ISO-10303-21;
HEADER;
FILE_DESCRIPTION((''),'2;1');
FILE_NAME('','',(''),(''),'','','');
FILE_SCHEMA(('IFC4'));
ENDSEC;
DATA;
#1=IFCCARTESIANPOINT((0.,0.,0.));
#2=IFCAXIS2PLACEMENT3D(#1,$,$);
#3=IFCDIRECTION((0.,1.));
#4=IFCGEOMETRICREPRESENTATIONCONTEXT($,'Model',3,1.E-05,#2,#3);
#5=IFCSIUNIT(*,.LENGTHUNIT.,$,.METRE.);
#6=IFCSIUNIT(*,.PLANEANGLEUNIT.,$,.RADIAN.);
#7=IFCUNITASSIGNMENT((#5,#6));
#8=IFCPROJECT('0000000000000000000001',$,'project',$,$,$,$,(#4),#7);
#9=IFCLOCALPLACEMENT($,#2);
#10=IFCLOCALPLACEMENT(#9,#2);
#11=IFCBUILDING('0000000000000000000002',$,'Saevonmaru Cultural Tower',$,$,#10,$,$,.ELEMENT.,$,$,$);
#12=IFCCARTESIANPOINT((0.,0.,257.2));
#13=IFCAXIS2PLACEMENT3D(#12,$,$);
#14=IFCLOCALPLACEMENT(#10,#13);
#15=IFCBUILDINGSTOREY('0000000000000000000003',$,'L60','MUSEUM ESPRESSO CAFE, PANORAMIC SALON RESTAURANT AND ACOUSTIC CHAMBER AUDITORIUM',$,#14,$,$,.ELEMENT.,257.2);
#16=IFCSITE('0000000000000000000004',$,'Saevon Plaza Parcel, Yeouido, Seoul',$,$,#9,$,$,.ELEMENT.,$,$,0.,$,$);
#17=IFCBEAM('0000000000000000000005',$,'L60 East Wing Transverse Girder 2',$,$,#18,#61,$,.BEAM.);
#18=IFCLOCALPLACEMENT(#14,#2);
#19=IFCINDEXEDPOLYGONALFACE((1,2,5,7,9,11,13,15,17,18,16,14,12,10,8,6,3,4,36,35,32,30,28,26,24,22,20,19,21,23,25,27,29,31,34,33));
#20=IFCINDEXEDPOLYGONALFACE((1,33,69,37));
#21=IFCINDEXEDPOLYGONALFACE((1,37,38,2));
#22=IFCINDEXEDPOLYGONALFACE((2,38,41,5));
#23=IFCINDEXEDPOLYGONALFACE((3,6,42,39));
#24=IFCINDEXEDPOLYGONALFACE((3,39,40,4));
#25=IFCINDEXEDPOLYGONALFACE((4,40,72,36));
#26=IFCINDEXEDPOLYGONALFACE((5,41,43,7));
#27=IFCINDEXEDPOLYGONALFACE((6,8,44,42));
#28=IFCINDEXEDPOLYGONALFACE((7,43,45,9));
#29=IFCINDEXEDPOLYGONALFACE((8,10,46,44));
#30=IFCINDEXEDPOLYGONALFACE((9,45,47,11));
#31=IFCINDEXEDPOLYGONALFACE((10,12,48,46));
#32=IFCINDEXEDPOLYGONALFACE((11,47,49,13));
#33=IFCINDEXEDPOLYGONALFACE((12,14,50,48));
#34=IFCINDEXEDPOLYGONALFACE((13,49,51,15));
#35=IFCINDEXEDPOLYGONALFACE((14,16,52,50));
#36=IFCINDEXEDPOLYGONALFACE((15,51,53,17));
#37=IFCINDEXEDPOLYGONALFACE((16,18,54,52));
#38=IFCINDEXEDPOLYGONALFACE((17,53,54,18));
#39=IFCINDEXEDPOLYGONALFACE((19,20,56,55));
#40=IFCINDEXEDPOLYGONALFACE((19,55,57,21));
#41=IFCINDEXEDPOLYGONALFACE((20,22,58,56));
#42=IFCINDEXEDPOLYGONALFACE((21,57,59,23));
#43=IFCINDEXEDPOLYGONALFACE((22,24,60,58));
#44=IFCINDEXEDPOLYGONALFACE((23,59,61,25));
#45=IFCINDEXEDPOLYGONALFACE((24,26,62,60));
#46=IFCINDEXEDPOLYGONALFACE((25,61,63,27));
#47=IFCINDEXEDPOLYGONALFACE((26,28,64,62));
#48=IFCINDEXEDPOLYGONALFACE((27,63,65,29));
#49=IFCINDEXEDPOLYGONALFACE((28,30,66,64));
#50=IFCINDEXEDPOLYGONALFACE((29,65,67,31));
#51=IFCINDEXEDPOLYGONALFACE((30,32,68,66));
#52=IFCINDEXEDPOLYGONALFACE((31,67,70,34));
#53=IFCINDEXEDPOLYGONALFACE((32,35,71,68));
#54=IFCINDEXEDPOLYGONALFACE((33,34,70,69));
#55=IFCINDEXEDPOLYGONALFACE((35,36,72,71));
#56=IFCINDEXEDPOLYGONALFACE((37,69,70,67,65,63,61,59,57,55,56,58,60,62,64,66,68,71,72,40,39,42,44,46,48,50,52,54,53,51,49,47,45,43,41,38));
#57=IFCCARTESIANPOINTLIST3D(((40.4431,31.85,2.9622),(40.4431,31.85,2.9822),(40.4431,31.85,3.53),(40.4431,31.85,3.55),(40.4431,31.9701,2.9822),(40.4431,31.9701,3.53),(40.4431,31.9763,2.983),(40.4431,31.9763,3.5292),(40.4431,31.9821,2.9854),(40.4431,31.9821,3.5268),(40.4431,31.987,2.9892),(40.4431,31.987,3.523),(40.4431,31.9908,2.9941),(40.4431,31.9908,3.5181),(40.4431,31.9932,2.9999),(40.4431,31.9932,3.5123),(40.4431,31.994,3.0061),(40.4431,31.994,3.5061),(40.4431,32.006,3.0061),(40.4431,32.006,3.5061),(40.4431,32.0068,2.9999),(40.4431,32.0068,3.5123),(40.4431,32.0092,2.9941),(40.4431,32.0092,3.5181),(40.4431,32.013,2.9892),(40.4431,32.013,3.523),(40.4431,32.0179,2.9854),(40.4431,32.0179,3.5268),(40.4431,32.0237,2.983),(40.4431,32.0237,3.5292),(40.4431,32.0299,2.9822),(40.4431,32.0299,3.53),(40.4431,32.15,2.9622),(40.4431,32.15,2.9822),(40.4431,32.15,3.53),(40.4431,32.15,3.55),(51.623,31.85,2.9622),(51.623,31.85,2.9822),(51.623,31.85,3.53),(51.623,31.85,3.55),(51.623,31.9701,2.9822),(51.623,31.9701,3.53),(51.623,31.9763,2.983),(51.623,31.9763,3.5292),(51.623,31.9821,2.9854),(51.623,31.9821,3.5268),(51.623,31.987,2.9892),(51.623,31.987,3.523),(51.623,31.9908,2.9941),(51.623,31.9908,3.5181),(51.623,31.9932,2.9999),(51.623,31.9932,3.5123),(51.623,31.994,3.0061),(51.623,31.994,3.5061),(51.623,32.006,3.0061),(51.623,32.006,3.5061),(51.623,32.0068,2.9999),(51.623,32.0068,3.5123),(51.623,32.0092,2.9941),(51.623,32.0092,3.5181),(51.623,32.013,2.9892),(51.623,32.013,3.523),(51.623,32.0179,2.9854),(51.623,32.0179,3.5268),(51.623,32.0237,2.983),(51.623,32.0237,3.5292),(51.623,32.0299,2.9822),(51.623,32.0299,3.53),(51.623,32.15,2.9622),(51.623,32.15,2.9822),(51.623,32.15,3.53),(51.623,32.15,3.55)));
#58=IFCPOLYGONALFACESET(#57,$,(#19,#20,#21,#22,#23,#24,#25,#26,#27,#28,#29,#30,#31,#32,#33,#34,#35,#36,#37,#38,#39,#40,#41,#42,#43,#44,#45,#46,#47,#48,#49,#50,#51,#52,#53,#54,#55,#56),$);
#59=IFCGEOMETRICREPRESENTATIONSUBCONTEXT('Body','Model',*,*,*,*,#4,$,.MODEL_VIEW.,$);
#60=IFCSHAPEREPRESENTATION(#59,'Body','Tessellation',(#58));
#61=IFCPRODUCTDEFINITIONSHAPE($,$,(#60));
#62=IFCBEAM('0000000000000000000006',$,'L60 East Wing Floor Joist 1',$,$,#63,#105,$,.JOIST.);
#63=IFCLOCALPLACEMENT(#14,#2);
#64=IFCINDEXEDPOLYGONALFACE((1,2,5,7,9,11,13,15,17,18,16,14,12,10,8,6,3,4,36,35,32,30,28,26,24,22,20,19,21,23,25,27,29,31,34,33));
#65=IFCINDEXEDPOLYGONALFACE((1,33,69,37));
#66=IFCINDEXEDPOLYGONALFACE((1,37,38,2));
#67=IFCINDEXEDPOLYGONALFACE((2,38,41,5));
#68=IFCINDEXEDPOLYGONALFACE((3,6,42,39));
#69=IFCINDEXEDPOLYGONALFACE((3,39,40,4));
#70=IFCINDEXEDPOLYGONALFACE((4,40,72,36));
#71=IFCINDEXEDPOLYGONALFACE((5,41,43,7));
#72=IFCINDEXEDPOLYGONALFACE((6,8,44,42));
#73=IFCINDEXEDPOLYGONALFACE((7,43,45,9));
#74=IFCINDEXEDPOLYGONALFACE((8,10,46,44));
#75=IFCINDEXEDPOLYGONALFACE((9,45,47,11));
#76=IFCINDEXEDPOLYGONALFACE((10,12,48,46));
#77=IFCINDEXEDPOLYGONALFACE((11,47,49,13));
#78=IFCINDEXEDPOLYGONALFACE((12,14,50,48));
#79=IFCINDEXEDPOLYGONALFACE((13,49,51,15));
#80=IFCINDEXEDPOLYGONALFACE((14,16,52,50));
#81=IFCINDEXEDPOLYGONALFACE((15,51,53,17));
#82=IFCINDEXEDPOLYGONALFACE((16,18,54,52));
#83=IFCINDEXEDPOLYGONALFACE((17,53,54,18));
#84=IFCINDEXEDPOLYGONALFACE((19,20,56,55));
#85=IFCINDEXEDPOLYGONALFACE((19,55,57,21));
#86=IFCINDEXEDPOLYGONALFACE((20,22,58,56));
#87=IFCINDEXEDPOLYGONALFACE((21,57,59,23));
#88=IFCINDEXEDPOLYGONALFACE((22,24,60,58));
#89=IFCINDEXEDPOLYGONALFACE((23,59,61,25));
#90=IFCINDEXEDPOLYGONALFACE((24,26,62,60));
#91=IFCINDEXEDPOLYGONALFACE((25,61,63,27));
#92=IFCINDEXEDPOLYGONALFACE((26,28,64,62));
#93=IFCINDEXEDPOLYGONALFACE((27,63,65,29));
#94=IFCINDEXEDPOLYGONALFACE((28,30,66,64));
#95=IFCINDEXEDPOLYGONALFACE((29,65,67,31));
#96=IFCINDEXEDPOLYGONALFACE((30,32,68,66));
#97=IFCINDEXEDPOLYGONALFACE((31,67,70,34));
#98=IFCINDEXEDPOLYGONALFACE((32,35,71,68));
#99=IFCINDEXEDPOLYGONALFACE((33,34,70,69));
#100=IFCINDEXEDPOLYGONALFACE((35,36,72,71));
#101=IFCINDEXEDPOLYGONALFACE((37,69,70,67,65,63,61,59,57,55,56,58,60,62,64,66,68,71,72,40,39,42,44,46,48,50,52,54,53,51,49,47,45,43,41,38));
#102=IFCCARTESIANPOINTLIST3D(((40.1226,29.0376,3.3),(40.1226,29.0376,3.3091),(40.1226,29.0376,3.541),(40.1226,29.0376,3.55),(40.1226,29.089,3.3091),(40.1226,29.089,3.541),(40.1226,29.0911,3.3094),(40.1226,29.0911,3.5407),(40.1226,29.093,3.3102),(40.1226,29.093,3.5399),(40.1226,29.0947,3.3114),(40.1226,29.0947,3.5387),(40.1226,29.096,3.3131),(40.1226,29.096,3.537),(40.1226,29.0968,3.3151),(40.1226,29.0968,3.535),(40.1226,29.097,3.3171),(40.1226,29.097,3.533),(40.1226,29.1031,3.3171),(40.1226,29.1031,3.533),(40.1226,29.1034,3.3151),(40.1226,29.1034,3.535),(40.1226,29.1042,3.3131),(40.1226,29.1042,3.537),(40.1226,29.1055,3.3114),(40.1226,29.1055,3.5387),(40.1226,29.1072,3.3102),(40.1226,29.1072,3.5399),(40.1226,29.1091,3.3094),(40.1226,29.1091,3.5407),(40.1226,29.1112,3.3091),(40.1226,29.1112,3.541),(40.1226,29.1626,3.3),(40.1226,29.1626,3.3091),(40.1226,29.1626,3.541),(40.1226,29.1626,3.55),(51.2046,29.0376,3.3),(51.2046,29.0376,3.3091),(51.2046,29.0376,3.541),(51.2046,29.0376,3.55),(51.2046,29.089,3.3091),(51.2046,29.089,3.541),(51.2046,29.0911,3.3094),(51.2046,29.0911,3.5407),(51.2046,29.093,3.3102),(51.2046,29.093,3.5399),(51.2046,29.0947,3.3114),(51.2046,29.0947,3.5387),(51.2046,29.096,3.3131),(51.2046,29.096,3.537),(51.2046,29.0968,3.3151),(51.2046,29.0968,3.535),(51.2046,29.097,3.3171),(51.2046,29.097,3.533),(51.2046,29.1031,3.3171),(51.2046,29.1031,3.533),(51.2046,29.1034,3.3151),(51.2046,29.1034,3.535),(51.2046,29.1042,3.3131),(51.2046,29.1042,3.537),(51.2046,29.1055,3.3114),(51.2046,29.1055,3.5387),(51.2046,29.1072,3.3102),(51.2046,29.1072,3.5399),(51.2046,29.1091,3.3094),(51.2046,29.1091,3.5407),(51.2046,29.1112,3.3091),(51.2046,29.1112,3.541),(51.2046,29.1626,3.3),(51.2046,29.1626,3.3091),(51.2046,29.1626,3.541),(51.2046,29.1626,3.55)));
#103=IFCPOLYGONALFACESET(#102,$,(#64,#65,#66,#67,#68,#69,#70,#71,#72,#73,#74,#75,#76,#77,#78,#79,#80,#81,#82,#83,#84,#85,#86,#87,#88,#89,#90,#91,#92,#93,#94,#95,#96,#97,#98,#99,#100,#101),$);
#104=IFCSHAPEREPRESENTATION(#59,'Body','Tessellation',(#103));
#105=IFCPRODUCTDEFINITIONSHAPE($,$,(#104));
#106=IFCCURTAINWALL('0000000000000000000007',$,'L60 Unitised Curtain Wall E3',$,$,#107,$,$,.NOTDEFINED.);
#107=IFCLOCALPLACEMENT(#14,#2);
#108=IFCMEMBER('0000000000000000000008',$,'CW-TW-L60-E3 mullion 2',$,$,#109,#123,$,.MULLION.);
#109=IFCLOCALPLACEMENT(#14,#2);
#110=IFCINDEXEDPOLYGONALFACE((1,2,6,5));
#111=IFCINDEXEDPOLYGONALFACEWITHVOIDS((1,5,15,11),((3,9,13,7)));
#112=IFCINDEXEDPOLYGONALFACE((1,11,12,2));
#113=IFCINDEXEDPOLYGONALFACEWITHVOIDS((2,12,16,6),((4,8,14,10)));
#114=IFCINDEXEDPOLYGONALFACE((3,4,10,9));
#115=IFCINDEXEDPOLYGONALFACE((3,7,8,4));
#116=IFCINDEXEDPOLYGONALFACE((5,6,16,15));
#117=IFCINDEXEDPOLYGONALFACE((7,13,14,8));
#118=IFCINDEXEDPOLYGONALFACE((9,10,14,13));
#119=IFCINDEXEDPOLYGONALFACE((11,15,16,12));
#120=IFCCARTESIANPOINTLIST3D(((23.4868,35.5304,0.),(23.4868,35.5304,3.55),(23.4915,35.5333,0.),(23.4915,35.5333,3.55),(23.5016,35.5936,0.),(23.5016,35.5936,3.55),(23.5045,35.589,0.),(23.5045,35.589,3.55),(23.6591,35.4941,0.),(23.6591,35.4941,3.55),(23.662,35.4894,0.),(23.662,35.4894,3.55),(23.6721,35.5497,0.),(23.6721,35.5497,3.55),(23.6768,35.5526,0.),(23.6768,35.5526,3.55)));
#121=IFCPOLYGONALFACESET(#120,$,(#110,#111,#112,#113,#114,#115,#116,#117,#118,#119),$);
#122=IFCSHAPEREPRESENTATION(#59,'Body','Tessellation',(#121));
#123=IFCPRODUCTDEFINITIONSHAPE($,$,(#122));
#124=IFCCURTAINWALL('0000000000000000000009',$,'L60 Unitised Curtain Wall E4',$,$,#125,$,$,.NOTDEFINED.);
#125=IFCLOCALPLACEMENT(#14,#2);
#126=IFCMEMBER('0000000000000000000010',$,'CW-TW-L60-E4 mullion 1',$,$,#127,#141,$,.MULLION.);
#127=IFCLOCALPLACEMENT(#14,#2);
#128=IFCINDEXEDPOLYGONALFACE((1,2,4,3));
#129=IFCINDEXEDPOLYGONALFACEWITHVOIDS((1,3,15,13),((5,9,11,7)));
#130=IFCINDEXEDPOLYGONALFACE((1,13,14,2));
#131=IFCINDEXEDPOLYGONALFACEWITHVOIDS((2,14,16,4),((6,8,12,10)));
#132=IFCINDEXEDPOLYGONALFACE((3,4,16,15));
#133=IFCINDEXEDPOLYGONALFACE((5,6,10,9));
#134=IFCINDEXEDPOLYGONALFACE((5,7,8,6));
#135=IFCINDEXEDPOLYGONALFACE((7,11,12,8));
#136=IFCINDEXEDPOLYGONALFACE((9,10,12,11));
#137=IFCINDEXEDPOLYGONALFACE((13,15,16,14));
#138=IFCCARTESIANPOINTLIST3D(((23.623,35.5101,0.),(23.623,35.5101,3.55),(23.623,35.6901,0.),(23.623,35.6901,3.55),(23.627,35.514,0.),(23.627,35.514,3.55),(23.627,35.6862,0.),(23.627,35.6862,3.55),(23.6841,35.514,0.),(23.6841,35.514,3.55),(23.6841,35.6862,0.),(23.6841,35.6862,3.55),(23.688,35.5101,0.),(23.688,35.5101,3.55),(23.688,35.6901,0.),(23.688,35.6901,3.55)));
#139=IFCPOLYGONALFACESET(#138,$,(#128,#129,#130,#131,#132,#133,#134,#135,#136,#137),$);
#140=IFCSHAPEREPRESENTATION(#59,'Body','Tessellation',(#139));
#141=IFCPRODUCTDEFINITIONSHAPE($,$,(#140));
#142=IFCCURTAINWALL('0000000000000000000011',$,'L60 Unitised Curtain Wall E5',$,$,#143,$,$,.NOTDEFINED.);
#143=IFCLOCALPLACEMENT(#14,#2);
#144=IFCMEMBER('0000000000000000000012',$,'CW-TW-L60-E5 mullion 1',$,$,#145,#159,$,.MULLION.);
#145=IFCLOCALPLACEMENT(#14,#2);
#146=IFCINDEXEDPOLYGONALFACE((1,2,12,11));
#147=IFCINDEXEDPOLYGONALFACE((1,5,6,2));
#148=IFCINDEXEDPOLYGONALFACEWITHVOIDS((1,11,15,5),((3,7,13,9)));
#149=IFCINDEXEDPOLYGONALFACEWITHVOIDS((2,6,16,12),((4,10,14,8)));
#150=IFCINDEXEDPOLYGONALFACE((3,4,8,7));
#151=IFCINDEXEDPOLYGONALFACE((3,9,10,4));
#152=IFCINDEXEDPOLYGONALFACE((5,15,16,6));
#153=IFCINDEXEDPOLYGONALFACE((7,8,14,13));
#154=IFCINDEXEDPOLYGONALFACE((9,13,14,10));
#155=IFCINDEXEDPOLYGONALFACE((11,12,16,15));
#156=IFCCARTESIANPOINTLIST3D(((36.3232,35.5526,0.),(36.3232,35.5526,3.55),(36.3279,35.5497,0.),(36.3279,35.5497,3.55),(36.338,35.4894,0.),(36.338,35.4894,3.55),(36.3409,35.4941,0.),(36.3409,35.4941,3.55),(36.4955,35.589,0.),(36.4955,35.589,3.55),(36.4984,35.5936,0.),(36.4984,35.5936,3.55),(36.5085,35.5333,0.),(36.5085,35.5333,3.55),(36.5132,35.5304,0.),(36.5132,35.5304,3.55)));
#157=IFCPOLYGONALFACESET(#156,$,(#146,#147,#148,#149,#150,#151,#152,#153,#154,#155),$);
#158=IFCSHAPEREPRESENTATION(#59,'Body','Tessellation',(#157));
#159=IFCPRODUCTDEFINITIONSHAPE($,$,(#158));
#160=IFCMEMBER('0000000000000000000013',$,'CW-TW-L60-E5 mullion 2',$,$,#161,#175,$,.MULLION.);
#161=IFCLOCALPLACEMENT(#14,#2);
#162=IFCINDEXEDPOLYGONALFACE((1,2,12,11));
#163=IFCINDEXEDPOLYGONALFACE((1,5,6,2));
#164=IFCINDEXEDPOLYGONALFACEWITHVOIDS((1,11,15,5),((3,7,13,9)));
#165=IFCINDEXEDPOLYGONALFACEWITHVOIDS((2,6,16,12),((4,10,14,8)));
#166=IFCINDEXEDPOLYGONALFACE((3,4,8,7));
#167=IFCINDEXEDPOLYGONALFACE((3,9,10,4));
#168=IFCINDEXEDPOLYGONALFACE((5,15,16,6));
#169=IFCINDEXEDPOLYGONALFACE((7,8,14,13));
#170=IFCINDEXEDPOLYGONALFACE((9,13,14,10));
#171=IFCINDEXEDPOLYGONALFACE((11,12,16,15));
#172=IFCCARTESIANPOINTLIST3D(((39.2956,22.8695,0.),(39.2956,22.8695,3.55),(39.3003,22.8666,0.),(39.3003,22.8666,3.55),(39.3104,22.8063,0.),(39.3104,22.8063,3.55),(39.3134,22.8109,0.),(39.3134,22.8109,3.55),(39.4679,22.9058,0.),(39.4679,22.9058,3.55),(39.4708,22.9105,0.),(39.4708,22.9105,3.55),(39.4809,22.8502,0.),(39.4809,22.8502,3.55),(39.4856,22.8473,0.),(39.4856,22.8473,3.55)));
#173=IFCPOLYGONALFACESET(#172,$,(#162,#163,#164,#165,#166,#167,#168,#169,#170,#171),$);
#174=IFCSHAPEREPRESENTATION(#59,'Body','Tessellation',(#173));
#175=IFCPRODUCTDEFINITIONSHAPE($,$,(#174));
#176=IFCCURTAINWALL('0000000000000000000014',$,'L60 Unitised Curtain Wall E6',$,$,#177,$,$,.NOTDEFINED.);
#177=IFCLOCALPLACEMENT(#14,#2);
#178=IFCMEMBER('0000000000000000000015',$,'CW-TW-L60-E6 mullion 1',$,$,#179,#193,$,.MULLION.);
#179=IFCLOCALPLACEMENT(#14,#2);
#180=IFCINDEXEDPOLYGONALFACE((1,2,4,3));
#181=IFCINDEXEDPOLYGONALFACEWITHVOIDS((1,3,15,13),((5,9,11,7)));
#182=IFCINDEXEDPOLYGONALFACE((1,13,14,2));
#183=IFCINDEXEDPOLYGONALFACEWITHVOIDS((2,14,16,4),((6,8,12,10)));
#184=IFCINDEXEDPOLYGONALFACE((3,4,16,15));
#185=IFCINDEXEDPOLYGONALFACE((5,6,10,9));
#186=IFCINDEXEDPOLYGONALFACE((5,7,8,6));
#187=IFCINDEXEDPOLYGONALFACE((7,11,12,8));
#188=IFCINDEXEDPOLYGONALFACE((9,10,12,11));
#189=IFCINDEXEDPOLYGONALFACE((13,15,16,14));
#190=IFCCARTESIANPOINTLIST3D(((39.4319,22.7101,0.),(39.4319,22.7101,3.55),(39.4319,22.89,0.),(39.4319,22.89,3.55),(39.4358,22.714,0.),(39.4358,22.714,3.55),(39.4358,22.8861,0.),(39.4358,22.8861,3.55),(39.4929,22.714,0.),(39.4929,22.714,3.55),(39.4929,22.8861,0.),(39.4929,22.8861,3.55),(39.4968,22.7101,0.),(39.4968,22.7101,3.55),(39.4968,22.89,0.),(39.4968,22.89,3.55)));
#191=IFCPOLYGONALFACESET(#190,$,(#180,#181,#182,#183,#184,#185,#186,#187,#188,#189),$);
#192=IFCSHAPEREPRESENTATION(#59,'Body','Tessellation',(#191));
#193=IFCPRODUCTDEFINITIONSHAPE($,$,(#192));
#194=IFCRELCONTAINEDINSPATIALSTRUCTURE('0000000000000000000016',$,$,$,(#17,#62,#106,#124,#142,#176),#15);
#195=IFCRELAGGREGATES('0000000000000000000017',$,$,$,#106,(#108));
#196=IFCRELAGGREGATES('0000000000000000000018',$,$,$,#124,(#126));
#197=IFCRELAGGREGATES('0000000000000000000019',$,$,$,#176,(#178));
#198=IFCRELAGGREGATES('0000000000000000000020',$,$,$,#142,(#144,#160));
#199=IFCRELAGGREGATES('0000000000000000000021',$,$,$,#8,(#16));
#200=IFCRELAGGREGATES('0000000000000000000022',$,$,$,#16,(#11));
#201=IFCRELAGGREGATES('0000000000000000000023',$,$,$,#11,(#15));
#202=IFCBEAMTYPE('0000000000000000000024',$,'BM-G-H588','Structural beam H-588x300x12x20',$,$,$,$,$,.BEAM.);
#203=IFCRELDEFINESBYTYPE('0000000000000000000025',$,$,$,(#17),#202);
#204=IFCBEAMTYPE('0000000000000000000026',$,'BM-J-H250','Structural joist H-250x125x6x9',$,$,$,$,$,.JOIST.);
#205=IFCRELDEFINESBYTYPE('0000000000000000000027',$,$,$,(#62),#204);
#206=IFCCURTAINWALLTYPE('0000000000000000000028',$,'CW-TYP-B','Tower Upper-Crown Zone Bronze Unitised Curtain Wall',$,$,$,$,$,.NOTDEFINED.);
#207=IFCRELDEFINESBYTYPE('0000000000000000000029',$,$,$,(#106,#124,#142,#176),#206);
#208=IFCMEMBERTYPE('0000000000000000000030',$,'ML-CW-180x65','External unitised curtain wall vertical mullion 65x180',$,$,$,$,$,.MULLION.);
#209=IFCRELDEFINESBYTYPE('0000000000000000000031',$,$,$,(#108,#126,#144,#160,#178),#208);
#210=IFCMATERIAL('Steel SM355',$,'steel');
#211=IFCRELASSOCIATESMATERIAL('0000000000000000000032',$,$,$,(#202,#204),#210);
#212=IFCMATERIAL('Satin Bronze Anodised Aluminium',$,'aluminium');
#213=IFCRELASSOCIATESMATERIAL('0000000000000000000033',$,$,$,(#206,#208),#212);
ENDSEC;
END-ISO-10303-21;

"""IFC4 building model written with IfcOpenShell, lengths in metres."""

from ifc_helpers import new_model, si_unit, direction, frame, origin, origin_2d, place, context, subcontext, project, spatial, hollow_rectangle, i_section, extrude, material, material_profile, profile_set, type_object, element, aggregate, save


model = new_model("IFC4")

# Units and contexts
model_context = context("Model", 3, precision=1e-05, world=origin(), true_north=direction((0.0, 1.0)))
body_context = subcontext(model_context, "Body", "Model", "MODEL_VIEW")
ifc_project = project(units=[si_unit("LENGTHUNIT", "METRE"), si_unit("PLANEANGLEUNIT", "RADIAN")], contexts=[model_context])

# Site, building, storey
site_placement = place(None, origin())
site = spatial("IfcSite", under=ifc_project, at=site_placement, Name="Saevon Plaza Parcel, Yeouido, Seoul", CompositionType="ELEMENT", RefElevation=0.0)
building_placement = place(site_placement, origin())
building = spatial("IfcBuilding", under=site, at=building_placement, Name="Saevonmaru Cultural Tower", CompositionType="ELEMENT")
storey_placement = place(building_placement, frame((0.0, 0.0, 257.2)))
storey = spatial("IfcBuildingStorey", under=building, at=storey_placement, Name="L60", Description="MUSEUM ESPRESSO CAFE, PANORAMIC SALON RESTAURANT AND ACOUSTIC CHAMBER AUDITORIUM", CompositionType="ELEMENT", Elevation=257.2)

# Shared definitions
ifc_material_1 = material(Name="Steel SM355", Category="steel")

# Beams
ifc_material_profile_1 = material_profile(ifc_material_1, i_section(OverallWidth=0.3, OverallDepth=0.5879, WebThickness=0.012, FlangeThickness=0.02, FilletRadius=0.0239, at=origin_2d()), Name="H-588x300x12x20")
ifc_profile_set_1 = profile_set([ifc_material_profile_1], Name="Steel SM355")
beam_type_1 = type_object("IfcBeamType", Name="BM-G-H588", Description="Structural beam H-588x300x12x20", PredefinedType="BEAM", material=ifc_profile_set_1)
for number, where, z_axis, x_axis, name in (
    (1, (40.4431, 32.0, 3.2561), (1.0, 0.0, 0.0), (0.0, 1.0, 0.0), "L60 East Wing Transverse Girder 2"),
):
    element("IfcBeam", number, at=place(storey_placement, frame(where, z_axis=z_axis, x_axis=x_axis)), inside=storey, type_object=beam_type_1, Name=name, PredefinedType="BEAM", context=body_context, shape_type="SweptSolid", body=[
        extrude(i_section(OverallWidth=0.3, OverallDepth=0.5879, WebThickness=0.012, FlangeThickness=0.02, FilletRadius=0.0239, at=origin_2d()), origin(), (0.0, 0.0, 1.0), 11.1799),
    ])
ifc_material_profile_2 = material_profile(ifc_material_1, i_section(OverallWidth=0.125, OverallDepth=0.25, WebThickness=0.0061, FlangeThickness=0.009, FilletRadius=0.0081, at=origin_2d()), Name="H-250x125x6x9")
ifc_profile_set_2 = profile_set([ifc_material_profile_2], Name="Steel SM355")
beam_type_2 = type_object("IfcBeamType", Name="BM-J-H250", Description="Structural joist H-250x125x6x9", PredefinedType="JOIST", material=ifc_profile_set_2)
beam_1_placement = place(storey_placement, frame((40.1226, 29.1001, 3.425), z_axis=(1.0, 0.0, 0.0), x_axis=(0.0, 1.0, 0.0)))
element("IfcBeam", 2, at=beam_1_placement, inside=storey, type_object=beam_type_2, Name="L60 East Wing Floor Joist 1", PredefinedType="JOIST", context=body_context, shape_type="SweptSolid", body=[
    extrude(i_section(OverallWidth=0.125, OverallDepth=0.25, WebThickness=0.0061, FlangeThickness=0.009, FilletRadius=0.0081, at=origin_2d()), origin(), (0.0, 0.0, 1.0), 11.082),
])

# Curtain walls, members
ifc_material_2 = material(Name="Satin Bronze Anodised Aluminium", Category="aluminium")
curtain_wall_type = type_object("IfcCurtainWallType", Name="CW-TYP-B", Description="Tower Upper-Crown Zone Bronze Unitised Curtain Wall", PredefinedType="NOTDEFINED", material=ifc_material_2)
curtain_wall_1_placement = place(storey_placement, origin())
curtain_wall_1 = element("IfcCurtainWall", 3, at=curtain_wall_1_placement, inside=storey, type_object=curtain_wall_type, Name="L60 Unitised Curtain Wall E3", PredefinedType="NOTDEFINED")
ifc_material_profile_3 = material_profile(ifc_material_2, hollow_rectangle(XDim=0.0649, YDim=0.1799, WallThickness=0.0039, at=origin_2d()), Name="ALU-MULL-180x65x4")
ifc_profile_set_3 = profile_set([ifc_material_profile_3], Name="Satin Bronze Anodised Aluminium")
member_type_1 = type_object("IfcMemberType", Name="ML-CW-180x65", Description="External unitised curtain wall vertical mullion 65x180", PredefinedType="MULLION", material=ifc_profile_set_3)
member_1_placement = place(storey_placement, frame((23.5818, 35.5415, 0.0), z_axis=(0.0, 0.0, 1.0), x_axis=(0.22819, 0.973617, 0.0)))
member_1 = element("IfcMember", 4, at=member_1_placement, type_object=member_type_1, Name="CW-TW-L60-E3 mullion 2", PredefinedType="MULLION", context=body_context, shape_type="SweptSolid", body=[
    extrude(hollow_rectangle(XDim=0.0649, YDim=0.1799, WallThickness=0.0039, at=origin_2d()), origin(), (0.0, 0.0, 1.0), 3.55),
])
aggregate(curtain_wall_1, [member_1])
curtain_wall_2_placement = place(storey_placement, origin())
curtain_wall_2 = element("IfcCurtainWall", 5, at=curtain_wall_2_placement, inside=storey, type_object=curtain_wall_type, Name="L60 Unitised Curtain Wall E4", PredefinedType="NOTDEFINED")
member_2_placement = place(storey_placement, frame((23.6555, 35.6001, 0.0), z_axis=(0.0, 0.0, 1.0), x_axis=(1.0, 0.0, 0.0)))
member_2 = element("IfcMember", 6, at=member_2_placement, type_object=member_type_1, Name="CW-TW-L60-E4 mullion 1", PredefinedType="MULLION", context=body_context, shape_type="SweptSolid", body=[
    extrude(hollow_rectangle(XDim=0.0649, YDim=0.1799, WallThickness=0.0039, at=origin_2d()), origin(), (0.0, 0.0, 1.0), 3.55),
])
aggregate(curtain_wall_2, [member_2])

# Curtain wall, members
curtain_wall_3_placement = place(storey_placement, origin())
curtain_wall_3 = element("IfcCurtainWall", 7, at=curtain_wall_3_placement, inside=storey, type_object=curtain_wall_type, Name="L60 Unitised Curtain Wall E5", PredefinedType="NOTDEFINED")
member_3_placement = place(storey_placement, frame((36.4182, 35.5415, 0.0), z_axis=(0.0, 0.0, 1.0), x_axis=(0.22819, -0.973617, 0.0)))
member_3 = element("IfcMember", 8, at=member_3_placement, type_object=member_type_1, Name="CW-TW-L60-E5 mullion 1", PredefinedType="MULLION", context=body_context, shape_type="SweptSolid", body=[
    extrude(hollow_rectangle(XDim=0.0649, YDim=0.1799, WallThickness=0.0039, at=origin_2d()), origin(), (0.0, 0.0, 1.0), 3.55),
])
member_4_placement = place(storey_placement, frame((39.3906, 22.8584, 0.0), z_axis=(0.0, 0.0, 1.0), x_axis=(0.22819, -0.973617, 0.0)))
member_4 = element("IfcMember", 9, at=member_4_placement, type_object=member_type_1, Name="CW-TW-L60-E5 mullion 2", PredefinedType="MULLION", context=body_context, shape_type="SweptSolid", body=[
    extrude(hollow_rectangle(XDim=0.0649, YDim=0.1799, WallThickness=0.0039, at=origin_2d()), origin(), (0.0, 0.0, 1.0), 3.55),
])

# Curtain wall, member
curtain_wall_4_placement = place(storey_placement, origin())
curtain_wall_4 = element("IfcCurtainWall", 10, at=curtain_wall_4_placement, inside=storey, type_object=curtain_wall_type, Name="L60 Unitised Curtain Wall E6", PredefinedType="NOTDEFINED")
member_5_placement = place(storey_placement, frame((39.4644, 22.8, 0.0), z_axis=(0.0, 0.0, 1.0), x_axis=(1.0, 0.0, 0.0)))
member_5 = element("IfcMember", 11, at=member_5_placement, type_object=member_type_1, Name="CW-TW-L60-E6 mullion 1", PredefinedType="MULLION", context=body_context, shape_type="SweptSolid", body=[
    extrude(hollow_rectangle(XDim=0.0649, YDim=0.1799, WallThickness=0.0039, at=origin_2d()), origin(), (0.0, 0.0, 1.0), 3.55),
])

aggregate(curtain_wall_4, [member_5])

aggregate(curtain_wall_3, [member_3, member_4])

save(model, "model.ifc")
